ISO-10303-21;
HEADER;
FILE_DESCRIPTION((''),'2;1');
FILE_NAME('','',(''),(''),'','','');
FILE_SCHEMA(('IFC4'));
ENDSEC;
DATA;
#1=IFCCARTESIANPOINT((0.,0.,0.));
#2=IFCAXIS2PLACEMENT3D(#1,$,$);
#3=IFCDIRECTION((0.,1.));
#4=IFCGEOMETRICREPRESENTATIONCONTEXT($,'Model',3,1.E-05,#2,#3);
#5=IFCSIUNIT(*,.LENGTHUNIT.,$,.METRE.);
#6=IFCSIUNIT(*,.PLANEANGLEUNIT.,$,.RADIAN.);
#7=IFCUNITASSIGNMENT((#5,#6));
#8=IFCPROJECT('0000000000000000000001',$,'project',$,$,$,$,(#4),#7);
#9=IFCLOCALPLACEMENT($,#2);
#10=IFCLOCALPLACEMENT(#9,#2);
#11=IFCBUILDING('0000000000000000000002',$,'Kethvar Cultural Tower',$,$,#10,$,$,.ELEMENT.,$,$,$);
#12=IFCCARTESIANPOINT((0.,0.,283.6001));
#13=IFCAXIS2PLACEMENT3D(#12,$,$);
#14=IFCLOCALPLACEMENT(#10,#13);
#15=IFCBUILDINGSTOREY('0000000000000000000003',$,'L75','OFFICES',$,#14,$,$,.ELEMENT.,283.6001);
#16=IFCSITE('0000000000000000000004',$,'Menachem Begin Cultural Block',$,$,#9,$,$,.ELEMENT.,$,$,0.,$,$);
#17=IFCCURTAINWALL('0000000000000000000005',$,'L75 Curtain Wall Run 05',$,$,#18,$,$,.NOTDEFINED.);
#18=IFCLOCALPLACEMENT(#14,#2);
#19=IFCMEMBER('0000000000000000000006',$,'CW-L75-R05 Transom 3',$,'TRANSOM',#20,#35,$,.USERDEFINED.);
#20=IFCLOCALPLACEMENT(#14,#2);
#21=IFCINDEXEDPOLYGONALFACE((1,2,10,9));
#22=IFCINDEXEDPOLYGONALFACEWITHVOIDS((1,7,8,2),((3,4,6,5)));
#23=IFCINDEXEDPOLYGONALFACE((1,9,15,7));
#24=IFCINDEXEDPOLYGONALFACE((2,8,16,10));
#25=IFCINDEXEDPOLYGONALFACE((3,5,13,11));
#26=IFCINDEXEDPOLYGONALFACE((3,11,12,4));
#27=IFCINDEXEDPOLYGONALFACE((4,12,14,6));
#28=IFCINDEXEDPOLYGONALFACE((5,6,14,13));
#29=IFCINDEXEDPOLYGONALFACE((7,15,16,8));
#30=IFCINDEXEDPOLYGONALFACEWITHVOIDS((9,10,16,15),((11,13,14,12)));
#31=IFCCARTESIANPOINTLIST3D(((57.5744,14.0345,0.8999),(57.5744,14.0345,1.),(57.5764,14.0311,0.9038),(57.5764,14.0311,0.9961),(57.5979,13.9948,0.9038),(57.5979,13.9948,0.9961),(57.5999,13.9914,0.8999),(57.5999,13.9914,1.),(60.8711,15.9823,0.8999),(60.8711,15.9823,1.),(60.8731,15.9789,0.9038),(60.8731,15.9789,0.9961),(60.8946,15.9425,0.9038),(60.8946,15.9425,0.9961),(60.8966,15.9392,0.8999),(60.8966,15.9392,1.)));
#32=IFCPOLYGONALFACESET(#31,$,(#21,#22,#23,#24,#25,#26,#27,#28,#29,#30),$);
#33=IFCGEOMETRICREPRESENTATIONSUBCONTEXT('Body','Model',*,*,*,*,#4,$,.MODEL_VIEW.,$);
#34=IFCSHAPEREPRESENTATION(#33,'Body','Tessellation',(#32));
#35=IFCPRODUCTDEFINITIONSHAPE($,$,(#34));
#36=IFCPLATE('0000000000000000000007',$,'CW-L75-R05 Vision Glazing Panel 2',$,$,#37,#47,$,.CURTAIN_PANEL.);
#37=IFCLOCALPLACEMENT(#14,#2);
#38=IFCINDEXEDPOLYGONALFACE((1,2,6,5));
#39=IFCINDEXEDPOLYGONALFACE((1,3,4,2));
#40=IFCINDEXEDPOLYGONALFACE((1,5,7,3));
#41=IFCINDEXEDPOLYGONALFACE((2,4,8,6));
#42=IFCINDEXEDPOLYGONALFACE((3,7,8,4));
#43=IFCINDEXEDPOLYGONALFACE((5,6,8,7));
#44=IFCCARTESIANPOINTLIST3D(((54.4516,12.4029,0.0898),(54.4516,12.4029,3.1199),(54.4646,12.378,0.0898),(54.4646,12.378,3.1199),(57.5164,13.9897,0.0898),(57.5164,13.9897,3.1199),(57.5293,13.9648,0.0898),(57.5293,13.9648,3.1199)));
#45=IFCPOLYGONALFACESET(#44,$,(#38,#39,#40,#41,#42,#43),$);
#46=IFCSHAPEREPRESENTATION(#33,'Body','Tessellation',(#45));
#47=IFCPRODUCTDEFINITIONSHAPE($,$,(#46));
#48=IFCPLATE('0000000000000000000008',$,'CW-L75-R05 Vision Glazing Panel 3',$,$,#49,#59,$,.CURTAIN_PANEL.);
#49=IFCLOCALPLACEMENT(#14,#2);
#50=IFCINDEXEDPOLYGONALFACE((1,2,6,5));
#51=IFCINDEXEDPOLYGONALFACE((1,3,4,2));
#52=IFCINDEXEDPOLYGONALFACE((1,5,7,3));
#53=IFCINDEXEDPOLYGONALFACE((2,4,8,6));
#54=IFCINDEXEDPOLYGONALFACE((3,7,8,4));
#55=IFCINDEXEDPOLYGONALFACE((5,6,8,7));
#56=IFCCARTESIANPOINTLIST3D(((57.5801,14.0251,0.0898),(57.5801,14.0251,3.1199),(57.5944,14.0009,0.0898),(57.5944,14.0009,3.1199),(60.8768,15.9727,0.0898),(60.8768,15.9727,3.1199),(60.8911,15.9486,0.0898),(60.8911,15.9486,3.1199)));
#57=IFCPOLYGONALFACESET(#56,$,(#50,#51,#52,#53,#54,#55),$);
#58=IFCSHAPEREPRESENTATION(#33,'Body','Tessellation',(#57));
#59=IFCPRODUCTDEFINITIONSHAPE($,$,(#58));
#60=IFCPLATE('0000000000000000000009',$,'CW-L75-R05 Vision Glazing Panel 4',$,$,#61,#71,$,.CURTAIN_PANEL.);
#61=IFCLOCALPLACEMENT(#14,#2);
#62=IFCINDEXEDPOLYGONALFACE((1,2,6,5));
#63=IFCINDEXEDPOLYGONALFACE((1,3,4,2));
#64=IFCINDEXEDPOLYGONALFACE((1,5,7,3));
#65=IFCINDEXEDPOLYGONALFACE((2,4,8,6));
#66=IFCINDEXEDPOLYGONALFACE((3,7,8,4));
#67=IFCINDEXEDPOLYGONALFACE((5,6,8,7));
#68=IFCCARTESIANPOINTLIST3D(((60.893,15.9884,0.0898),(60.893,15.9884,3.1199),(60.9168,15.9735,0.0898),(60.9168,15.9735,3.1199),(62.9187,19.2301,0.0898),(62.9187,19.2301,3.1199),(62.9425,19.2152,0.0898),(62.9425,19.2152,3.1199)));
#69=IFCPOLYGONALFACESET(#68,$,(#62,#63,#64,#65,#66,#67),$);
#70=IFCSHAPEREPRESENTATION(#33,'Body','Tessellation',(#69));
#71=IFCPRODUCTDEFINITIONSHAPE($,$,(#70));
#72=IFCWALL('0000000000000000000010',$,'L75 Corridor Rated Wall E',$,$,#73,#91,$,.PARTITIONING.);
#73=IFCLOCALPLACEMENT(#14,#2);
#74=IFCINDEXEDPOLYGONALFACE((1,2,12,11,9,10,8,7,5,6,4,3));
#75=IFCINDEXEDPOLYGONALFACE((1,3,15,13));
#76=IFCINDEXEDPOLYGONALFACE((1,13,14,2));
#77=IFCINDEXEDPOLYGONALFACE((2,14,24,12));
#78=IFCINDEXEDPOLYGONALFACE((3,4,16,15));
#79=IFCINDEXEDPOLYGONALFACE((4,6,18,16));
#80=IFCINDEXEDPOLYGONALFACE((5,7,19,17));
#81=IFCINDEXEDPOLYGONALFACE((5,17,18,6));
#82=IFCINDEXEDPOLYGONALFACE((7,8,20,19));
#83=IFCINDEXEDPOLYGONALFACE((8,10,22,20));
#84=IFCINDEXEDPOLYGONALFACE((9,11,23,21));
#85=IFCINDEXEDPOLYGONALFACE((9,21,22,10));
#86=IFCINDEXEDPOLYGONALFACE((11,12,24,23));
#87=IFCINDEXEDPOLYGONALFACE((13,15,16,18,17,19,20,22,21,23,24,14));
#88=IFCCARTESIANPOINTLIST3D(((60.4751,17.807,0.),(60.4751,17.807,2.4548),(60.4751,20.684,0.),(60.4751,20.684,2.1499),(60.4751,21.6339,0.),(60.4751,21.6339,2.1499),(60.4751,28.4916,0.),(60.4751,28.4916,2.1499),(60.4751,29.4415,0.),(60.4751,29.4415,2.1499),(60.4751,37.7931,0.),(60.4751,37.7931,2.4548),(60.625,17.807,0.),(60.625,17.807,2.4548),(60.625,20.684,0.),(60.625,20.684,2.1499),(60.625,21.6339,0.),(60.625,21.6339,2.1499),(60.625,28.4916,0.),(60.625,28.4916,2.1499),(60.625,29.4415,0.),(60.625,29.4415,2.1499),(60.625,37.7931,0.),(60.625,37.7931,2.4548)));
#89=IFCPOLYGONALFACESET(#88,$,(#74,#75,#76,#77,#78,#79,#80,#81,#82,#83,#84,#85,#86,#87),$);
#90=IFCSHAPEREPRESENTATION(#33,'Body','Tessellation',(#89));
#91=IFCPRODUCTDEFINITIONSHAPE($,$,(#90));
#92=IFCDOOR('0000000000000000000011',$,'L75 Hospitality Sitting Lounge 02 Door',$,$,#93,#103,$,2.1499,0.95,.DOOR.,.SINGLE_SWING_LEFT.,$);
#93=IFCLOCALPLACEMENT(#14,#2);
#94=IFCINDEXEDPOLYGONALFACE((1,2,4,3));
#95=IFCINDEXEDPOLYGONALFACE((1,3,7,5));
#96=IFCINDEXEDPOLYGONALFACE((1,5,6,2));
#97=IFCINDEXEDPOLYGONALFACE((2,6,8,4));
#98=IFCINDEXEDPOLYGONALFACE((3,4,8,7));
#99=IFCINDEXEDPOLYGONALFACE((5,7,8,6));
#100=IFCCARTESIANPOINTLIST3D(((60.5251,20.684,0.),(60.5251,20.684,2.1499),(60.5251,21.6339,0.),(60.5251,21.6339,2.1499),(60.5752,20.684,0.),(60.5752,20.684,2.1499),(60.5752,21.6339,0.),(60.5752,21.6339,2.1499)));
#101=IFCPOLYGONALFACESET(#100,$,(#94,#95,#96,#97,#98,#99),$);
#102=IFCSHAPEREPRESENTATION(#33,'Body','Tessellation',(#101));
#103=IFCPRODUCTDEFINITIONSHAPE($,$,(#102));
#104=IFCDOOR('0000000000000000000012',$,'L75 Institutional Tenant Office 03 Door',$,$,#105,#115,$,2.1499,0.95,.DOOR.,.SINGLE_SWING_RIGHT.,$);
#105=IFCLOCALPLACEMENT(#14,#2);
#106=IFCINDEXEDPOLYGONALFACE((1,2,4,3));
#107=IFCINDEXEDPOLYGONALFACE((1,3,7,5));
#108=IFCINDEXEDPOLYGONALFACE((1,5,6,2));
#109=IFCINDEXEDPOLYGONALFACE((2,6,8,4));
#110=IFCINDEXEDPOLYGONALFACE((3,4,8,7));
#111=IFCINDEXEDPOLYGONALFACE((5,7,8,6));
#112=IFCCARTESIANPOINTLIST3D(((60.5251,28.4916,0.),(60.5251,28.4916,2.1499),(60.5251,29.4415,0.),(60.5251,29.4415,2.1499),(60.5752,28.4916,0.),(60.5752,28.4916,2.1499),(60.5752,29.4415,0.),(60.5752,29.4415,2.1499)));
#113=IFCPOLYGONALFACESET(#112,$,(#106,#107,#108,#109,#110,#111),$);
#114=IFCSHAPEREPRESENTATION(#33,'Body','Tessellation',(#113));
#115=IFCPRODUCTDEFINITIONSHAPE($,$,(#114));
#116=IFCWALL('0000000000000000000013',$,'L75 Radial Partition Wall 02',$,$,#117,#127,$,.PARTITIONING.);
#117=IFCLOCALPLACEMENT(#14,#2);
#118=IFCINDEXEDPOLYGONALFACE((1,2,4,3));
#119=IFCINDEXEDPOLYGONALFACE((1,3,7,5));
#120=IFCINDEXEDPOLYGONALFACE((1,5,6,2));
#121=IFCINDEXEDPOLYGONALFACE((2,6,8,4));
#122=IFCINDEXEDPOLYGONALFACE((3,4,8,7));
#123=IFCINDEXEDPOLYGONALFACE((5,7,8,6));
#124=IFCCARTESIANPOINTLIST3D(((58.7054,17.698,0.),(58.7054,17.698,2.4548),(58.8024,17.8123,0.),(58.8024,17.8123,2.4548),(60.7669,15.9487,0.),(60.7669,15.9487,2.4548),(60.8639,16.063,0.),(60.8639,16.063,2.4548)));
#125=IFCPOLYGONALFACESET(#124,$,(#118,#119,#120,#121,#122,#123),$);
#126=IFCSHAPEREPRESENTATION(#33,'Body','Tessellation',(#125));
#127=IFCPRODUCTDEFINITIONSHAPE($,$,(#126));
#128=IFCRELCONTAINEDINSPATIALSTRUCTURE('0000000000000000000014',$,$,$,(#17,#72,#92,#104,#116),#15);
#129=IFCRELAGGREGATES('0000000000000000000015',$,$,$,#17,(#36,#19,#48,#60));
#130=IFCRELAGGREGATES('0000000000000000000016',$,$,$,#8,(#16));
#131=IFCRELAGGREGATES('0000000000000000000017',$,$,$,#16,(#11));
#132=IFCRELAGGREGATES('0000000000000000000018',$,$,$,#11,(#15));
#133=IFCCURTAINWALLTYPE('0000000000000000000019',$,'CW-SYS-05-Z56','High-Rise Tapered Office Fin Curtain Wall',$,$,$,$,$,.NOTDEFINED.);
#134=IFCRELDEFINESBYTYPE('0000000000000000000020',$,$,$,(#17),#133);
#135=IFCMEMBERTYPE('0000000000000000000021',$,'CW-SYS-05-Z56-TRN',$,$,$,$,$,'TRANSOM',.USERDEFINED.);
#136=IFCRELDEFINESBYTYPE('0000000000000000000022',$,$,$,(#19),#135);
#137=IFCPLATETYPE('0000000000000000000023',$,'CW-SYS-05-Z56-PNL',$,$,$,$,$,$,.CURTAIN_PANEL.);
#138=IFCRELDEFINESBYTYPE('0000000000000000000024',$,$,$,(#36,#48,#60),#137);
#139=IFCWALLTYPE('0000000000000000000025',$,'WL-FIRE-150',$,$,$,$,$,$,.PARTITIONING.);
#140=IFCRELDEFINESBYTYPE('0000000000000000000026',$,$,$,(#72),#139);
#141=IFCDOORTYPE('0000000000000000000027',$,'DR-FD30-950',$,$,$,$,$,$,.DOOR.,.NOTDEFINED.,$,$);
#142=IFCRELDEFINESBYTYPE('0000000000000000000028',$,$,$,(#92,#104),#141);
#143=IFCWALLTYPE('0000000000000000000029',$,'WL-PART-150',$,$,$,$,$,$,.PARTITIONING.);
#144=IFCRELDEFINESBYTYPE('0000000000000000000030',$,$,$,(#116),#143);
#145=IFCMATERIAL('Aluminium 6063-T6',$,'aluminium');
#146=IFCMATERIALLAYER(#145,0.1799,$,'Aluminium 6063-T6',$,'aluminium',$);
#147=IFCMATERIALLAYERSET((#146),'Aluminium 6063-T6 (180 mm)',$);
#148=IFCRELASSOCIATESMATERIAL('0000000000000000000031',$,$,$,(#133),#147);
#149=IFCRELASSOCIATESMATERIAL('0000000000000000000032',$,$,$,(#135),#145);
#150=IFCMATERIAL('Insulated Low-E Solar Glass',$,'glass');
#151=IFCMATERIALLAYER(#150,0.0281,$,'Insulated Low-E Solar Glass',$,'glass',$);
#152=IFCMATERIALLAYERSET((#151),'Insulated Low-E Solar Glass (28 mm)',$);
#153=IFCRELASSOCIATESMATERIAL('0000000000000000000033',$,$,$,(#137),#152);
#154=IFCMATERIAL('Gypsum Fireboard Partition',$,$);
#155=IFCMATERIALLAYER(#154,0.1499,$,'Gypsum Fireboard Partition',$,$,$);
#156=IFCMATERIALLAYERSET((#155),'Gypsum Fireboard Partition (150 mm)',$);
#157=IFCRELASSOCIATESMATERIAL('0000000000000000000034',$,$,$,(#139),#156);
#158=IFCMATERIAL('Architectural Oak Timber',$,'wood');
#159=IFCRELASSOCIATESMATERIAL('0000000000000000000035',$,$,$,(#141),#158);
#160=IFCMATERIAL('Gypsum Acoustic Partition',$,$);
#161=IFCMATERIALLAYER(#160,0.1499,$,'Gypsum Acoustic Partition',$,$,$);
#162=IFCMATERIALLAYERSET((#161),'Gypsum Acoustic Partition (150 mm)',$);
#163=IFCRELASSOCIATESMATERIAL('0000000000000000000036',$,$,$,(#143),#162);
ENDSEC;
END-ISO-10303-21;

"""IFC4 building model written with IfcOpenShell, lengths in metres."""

from ifc_helpers import new_model, si_unit, direction, frame, frame_2d, origin, origin_2d, place, context, subcontext, project, spatial, rectangle, hollow_rectangle, extrude, source, transform, mapped, material, layer, layer_set, material_profile, profile_set, type_object, element, fill, aggregate, save


model = new_model("IFC4")

# Units and contexts
model_context = context("Model", 3, precision=1e-05, world=origin(), true_north=direction((0.0, 1.0)))
body_context = subcontext(model_context, "Body", "Model", "MODEL_VIEW")
ifc_project = project(units=[si_unit("LENGTHUNIT", "METRE"), si_unit("PLANEANGLEUNIT", "RADIAN")], contexts=[model_context])

# Site, building, storey
site_placement = place(None, origin())
site = spatial("IfcSite", under=ifc_project, at=site_placement, Name="Menachem Begin Cultural Block", CompositionType="ELEMENT", RefElevation=0.0)
building_placement = place(site_placement, origin())
building = spatial("IfcBuilding", under=site, at=building_placement, Name="Kethvar Cultural Tower", CompositionType="ELEMENT")
storey_placement = place(building_placement, frame((0.0, 0.0, 283.6001)))
storey = spatial("IfcBuildingStorey", under=building, at=storey_placement, Name="L75", Description="OFFICES", CompositionType="ELEMENT", Elevation=283.6001)

# Curtain wall, member, plates
ifc_material_1 = material(Name="Aluminium 6063-T6", Category="aluminium")
ifc_layer_1 = layer(ifc_material_1, 0.1799, Name="Aluminium 6063-T6", Category="aluminium")
ifc_layer_set_1 = layer_set([ifc_layer_1], Name="Aluminium 6063-T6 (180 mm)")
curtain_wall_type = type_object("IfcCurtainWallType", Name="CW-SYS-05-Z56", Description="High-Rise Tapered Office Fin Curtain Wall", PredefinedType="NOTDEFINED", material=ifc_layer_set_1)
curtain_wall_placement = place(storey_placement, origin())
curtain_wall = element("IfcCurtainWall", 1, at=curtain_wall_placement, inside=storey, type_object=curtain_wall_type, Name="L75 Curtain Wall Run 05", PredefinedType="NOTDEFINED")
ifc_material_profile_1 = material_profile(ifc_material_1, hollow_rectangle(XDim=0.05, YDim=0.1001, WallThickness=0.0039, at=origin_2d()), Name="Aluminium 6063-T6 — RHS100x50x4")
ifc_profile_set_1 = profile_set([ifc_material_profile_1], Name="Aluminium 6063-T6 — RHS100x50x4")
member_type_1 = type_object("IfcMemberType", Name="CW-SYS-05-Z56-TRN", ElementType="TRANSOM", PredefinedType="USERDEFINED", material=ifc_profile_set_1)
shared_shape_1 = source(origin(), body_context, "Body", "SweptSolid", [
    extrude(hollow_rectangle(XDim=0.05, YDim=0.1001, WallThickness=0.0039, at=origin_2d()), origin(), (0.0, 0.0, 1.0), 3.8291),
])
member_1_placement = place(storey_placement, frame((57.5872, 14.0129, 0.95), z_axis=(0.860956, 0.50868, 0.0), x_axis=(-0.50868, 0.860956, 0.0)))
member_1 = element("IfcMember", 2, at=member_1_placement, type_object=member_type_1, Name="CW-L75-R05 Transom 3", ObjectType="TRANSOM", PredefinedType="USERDEFINED", context=body_context, shape_type="MappedRepresentation", body=[
    mapped(shared_shape_1, transform((0.0, 0.0, 0.0), scale=1.0)),
])
ifc_material_2 = material(Name="Insulated Low-E Solar Glass", Category="glass")
ifc_layer_2 = layer(ifc_material_2, 0.0281, Name="Insulated Low-E Solar Glass", Category="glass")
ifc_layer_set_2 = layer_set([ifc_layer_2], Name="Insulated Low-E Solar Glass (28 mm)")
plate_type = type_object("IfcPlateType", Name="CW-SYS-05-Z56-PNL", PredefinedType="CURTAIN_PANEL", material=ifc_layer_set_2)
shared_shape_2 = source(origin(), body_context, "Body", "SweptSolid", [
    extrude(rectangle(XDim=3.4512, YDim=0.0281, at=origin_2d()), origin(), (0.0, 0.0, 1.0), 3.03),
])
plate_1_placement = place(storey_placement, frame((55.9905, 13.1838, 0.0898), z_axis=(0.0, 0.0, 1.0), x_axis=(0.888032, 0.459781, 0.0)))
plate_1 = element("IfcPlate", 3, at=plate_1_placement, type_object=plate_type, Name="CW-L75-R05 Vision Glazing Panel 2", PredefinedType="CURTAIN_PANEL", context=body_context, shape_type="MappedRepresentation", body=[
    mapped(shared_shape_2, transform((0.0, 0.0, 0.0), scale=1.0)),
])
shared_shape_3 = source(origin(), body_context, "Body", "SweptSolid", [
    extrude(rectangle(XDim=3.8291, YDim=0.0281, at=origin_2d()), origin(), (0.0, 0.0, 1.0), 3.03),
])
plate_2_placement = place(storey_placement, frame((59.2356, 14.9868, 0.0898), z_axis=(0.0, 0.0, 1.0), x_axis=(0.860973, 0.508651, 0.0)))
plate_2 = element("IfcPlate", 4, at=plate_2_placement, type_object=plate_type, Name="CW-L75-R05 Vision Glazing Panel 3", PredefinedType="CURTAIN_PANEL", context=body_context, shape_type="MappedRepresentation", body=[
    mapped(shared_shape_3, transform((0.0, 0.0, 0.0), scale=1.0)),
])
shared_shape_4 = source(origin(), body_context, "Body", "SweptSolid", [
    extrude(rectangle(XDim=3.8225, YDim=0.0281, at=origin_2d()), origin(), (0.0, 0.0, 1.0), 3.03),
])
plate_3_placement = place(storey_placement, frame((61.9177, 17.6018, 0.0898), z_axis=(0.0, 0.0, 1.0), x_axis=(0.529934, 0.848039, 0.0)))
plate_3 = element("IfcPlate", 5, at=plate_3_placement, type_object=plate_type, Name="CW-L75-R05 Vision Glazing Panel 4", PredefinedType="CURTAIN_PANEL", context=body_context, shape_type="MappedRepresentation", body=[
    mapped(shared_shape_4, transform((0.0, 0.0, 0.0), scale=1.0)),
])
aggregate(curtain_wall, [plate_1, member_1, plate_2, plate_3])

# Wall, openings, doors
ifc_material_3 = material(Name="Gypsum Fireboard Partition")
ifc_layer_3 = layer(ifc_material_3, 0.1499, Name="Gypsum Fireboard Partition")
ifc_layer_set_3 = layer_set([ifc_layer_3], Name="Gypsum Fireboard Partition (150 mm)")
wall_type_1 = type_object("IfcWallType", Name="WL-FIRE-150", PredefinedType="PARTITIONING", material=ifc_layer_set_3)
wall_1_placement = place(storey_placement, frame((60.55, 17.8069, 0.0), z_axis=(0.0, 0.0, 1.0), x_axis=(0.0, 1.0, 0.0)))
wall_1 = element("IfcWall", 6, at=wall_1_placement, inside=storey, type_object=wall_type_1, Name="L75 Corridor Rated Wall E", PredefinedType="PARTITIONING", context=body_context, shape_type="SweptSolid", body=[
    extrude(rectangle(XDim=19.9861, YDim=0.1499, at=frame_2d((9.9932, 0.0))), origin(), (0.0, 0.0, 1.0), 2.4548),
])
opening_1_placement = place(wall_1_placement, frame((2.877, 0.0, 0.0)))
opening_1 = element("IfcOpeningElement", 7, at=opening_1_placement, cuts=wall_1, PredefinedType="OPENING", context=body_context, shape_type="SweptSolid", body=[
    extrude(rectangle(XDim=0.95, YDim=2.1499, at=frame_2d((0.4751, 1.075))), frame((0.0, 0.085, 0.0), z_axis=(0.0, -1.0, 0.0), x_axis=(1.0, 0.0, 0.0)), (0.0, 0.0, 1.0), 0.1699),
])
opening_2_placement = place(wall_1_placement, frame((10.6846, 0.0, 0.0)))
opening_2 = element("IfcOpeningElement", 8, at=opening_2_placement, cuts=wall_1, PredefinedType="OPENING", context=body_context, shape_type="SweptSolid", body=[
    extrude(rectangle(XDim=0.95, YDim=2.1499, at=frame_2d((0.4751, 1.075))), frame((0.0, 0.085, 0.0), z_axis=(0.0, -1.0, 0.0), x_axis=(1.0, 0.0, 0.0)), (0.0, 0.0, 1.0), 0.1699),
])
ifc_material_4 = material(Name="Architectural Oak Timber", Category="wood")
door_type = type_object("IfcDoorType", Name="DR-FD30-950", OperationType="NOTDEFINED", PredefinedType="DOOR", material=ifc_material_4)
shared_shape_5 = source(origin(), body_context, "Body", "SweptSolid", [
    extrude(rectangle(XDim=0.95, YDim=2.1499, at=frame_2d((0.4751, 1.075))), frame((0.0, 0.0249, 0.0), z_axis=(0.0, -1.0, 0.0), x_axis=(1.0, 0.0, 0.0)), (0.0, 0.0, 1.0), 0.05),
])
door_1_placement = place(opening_1_placement, origin())
door_1 = element("IfcDoor", 9, at=door_1_placement, inside=storey, type_object=door_type, Name="L75 Hospitality Sitting Lounge 02 Door", OperationType="SINGLE_SWING_LEFT", OverallHeight=2.1499, OverallWidth=0.95, PredefinedType="DOOR", context=body_context, shape_type="MappedRepresentation", body=[
    mapped(shared_shape_5, transform((0.0, 0.0, 0.0), scale=1.0)),
])
fill(opening_1, door_1)
door_2_placement = place(opening_2_placement, origin())
door_2 = element("IfcDoor", 10, at=door_2_placement, inside=storey, type_object=door_type, Name="L75 Institutional Tenant Office 03 Door", OperationType="SINGLE_SWING_RIGHT", OverallHeight=2.1499, OverallWidth=0.95, PredefinedType="DOOR", context=body_context, shape_type="MappedRepresentation", body=[
    mapped(shared_shape_5, transform((0.0, 0.0, 0.0), scale=1.0)),
])
fill(opening_2, door_2)

# Wall
ifc_material_5 = material(Name="Gypsum Acoustic Partition")
ifc_layer_4 = layer(ifc_material_5, 0.1499, Name="Gypsum Acoustic Partition")
ifc_layer_set_4 = layer_set([ifc_layer_4], Name="Gypsum Acoustic Partition (150 mm)")
wall_type_2 = type_object("IfcWallType", Name="WL-PART-150", PredefinedType="PARTITIONING", material=ifc_layer_set_4)
wall_2_placement = place(storey_placement, frame((58.7539, 17.7551, 0.0), z_axis=(0.0, 0.0, 1.0), x_axis=(0.762492, -0.646998, 0.0)))
element("IfcWall", 11, at=wall_2_placement, inside=storey, type_object=wall_type_2, Name="L75 Radial Partition Wall 02", PredefinedType="PARTITIONING", context=body_context, shape_type="SweptSolid", body=[
    extrude(rectangle(XDim=2.7036, YDim=0.1499, at=frame_2d((1.3518, 0.0))), origin(), (0.0, 0.0, 1.0), 2.4548),
])

save(model, "model.ifc")
